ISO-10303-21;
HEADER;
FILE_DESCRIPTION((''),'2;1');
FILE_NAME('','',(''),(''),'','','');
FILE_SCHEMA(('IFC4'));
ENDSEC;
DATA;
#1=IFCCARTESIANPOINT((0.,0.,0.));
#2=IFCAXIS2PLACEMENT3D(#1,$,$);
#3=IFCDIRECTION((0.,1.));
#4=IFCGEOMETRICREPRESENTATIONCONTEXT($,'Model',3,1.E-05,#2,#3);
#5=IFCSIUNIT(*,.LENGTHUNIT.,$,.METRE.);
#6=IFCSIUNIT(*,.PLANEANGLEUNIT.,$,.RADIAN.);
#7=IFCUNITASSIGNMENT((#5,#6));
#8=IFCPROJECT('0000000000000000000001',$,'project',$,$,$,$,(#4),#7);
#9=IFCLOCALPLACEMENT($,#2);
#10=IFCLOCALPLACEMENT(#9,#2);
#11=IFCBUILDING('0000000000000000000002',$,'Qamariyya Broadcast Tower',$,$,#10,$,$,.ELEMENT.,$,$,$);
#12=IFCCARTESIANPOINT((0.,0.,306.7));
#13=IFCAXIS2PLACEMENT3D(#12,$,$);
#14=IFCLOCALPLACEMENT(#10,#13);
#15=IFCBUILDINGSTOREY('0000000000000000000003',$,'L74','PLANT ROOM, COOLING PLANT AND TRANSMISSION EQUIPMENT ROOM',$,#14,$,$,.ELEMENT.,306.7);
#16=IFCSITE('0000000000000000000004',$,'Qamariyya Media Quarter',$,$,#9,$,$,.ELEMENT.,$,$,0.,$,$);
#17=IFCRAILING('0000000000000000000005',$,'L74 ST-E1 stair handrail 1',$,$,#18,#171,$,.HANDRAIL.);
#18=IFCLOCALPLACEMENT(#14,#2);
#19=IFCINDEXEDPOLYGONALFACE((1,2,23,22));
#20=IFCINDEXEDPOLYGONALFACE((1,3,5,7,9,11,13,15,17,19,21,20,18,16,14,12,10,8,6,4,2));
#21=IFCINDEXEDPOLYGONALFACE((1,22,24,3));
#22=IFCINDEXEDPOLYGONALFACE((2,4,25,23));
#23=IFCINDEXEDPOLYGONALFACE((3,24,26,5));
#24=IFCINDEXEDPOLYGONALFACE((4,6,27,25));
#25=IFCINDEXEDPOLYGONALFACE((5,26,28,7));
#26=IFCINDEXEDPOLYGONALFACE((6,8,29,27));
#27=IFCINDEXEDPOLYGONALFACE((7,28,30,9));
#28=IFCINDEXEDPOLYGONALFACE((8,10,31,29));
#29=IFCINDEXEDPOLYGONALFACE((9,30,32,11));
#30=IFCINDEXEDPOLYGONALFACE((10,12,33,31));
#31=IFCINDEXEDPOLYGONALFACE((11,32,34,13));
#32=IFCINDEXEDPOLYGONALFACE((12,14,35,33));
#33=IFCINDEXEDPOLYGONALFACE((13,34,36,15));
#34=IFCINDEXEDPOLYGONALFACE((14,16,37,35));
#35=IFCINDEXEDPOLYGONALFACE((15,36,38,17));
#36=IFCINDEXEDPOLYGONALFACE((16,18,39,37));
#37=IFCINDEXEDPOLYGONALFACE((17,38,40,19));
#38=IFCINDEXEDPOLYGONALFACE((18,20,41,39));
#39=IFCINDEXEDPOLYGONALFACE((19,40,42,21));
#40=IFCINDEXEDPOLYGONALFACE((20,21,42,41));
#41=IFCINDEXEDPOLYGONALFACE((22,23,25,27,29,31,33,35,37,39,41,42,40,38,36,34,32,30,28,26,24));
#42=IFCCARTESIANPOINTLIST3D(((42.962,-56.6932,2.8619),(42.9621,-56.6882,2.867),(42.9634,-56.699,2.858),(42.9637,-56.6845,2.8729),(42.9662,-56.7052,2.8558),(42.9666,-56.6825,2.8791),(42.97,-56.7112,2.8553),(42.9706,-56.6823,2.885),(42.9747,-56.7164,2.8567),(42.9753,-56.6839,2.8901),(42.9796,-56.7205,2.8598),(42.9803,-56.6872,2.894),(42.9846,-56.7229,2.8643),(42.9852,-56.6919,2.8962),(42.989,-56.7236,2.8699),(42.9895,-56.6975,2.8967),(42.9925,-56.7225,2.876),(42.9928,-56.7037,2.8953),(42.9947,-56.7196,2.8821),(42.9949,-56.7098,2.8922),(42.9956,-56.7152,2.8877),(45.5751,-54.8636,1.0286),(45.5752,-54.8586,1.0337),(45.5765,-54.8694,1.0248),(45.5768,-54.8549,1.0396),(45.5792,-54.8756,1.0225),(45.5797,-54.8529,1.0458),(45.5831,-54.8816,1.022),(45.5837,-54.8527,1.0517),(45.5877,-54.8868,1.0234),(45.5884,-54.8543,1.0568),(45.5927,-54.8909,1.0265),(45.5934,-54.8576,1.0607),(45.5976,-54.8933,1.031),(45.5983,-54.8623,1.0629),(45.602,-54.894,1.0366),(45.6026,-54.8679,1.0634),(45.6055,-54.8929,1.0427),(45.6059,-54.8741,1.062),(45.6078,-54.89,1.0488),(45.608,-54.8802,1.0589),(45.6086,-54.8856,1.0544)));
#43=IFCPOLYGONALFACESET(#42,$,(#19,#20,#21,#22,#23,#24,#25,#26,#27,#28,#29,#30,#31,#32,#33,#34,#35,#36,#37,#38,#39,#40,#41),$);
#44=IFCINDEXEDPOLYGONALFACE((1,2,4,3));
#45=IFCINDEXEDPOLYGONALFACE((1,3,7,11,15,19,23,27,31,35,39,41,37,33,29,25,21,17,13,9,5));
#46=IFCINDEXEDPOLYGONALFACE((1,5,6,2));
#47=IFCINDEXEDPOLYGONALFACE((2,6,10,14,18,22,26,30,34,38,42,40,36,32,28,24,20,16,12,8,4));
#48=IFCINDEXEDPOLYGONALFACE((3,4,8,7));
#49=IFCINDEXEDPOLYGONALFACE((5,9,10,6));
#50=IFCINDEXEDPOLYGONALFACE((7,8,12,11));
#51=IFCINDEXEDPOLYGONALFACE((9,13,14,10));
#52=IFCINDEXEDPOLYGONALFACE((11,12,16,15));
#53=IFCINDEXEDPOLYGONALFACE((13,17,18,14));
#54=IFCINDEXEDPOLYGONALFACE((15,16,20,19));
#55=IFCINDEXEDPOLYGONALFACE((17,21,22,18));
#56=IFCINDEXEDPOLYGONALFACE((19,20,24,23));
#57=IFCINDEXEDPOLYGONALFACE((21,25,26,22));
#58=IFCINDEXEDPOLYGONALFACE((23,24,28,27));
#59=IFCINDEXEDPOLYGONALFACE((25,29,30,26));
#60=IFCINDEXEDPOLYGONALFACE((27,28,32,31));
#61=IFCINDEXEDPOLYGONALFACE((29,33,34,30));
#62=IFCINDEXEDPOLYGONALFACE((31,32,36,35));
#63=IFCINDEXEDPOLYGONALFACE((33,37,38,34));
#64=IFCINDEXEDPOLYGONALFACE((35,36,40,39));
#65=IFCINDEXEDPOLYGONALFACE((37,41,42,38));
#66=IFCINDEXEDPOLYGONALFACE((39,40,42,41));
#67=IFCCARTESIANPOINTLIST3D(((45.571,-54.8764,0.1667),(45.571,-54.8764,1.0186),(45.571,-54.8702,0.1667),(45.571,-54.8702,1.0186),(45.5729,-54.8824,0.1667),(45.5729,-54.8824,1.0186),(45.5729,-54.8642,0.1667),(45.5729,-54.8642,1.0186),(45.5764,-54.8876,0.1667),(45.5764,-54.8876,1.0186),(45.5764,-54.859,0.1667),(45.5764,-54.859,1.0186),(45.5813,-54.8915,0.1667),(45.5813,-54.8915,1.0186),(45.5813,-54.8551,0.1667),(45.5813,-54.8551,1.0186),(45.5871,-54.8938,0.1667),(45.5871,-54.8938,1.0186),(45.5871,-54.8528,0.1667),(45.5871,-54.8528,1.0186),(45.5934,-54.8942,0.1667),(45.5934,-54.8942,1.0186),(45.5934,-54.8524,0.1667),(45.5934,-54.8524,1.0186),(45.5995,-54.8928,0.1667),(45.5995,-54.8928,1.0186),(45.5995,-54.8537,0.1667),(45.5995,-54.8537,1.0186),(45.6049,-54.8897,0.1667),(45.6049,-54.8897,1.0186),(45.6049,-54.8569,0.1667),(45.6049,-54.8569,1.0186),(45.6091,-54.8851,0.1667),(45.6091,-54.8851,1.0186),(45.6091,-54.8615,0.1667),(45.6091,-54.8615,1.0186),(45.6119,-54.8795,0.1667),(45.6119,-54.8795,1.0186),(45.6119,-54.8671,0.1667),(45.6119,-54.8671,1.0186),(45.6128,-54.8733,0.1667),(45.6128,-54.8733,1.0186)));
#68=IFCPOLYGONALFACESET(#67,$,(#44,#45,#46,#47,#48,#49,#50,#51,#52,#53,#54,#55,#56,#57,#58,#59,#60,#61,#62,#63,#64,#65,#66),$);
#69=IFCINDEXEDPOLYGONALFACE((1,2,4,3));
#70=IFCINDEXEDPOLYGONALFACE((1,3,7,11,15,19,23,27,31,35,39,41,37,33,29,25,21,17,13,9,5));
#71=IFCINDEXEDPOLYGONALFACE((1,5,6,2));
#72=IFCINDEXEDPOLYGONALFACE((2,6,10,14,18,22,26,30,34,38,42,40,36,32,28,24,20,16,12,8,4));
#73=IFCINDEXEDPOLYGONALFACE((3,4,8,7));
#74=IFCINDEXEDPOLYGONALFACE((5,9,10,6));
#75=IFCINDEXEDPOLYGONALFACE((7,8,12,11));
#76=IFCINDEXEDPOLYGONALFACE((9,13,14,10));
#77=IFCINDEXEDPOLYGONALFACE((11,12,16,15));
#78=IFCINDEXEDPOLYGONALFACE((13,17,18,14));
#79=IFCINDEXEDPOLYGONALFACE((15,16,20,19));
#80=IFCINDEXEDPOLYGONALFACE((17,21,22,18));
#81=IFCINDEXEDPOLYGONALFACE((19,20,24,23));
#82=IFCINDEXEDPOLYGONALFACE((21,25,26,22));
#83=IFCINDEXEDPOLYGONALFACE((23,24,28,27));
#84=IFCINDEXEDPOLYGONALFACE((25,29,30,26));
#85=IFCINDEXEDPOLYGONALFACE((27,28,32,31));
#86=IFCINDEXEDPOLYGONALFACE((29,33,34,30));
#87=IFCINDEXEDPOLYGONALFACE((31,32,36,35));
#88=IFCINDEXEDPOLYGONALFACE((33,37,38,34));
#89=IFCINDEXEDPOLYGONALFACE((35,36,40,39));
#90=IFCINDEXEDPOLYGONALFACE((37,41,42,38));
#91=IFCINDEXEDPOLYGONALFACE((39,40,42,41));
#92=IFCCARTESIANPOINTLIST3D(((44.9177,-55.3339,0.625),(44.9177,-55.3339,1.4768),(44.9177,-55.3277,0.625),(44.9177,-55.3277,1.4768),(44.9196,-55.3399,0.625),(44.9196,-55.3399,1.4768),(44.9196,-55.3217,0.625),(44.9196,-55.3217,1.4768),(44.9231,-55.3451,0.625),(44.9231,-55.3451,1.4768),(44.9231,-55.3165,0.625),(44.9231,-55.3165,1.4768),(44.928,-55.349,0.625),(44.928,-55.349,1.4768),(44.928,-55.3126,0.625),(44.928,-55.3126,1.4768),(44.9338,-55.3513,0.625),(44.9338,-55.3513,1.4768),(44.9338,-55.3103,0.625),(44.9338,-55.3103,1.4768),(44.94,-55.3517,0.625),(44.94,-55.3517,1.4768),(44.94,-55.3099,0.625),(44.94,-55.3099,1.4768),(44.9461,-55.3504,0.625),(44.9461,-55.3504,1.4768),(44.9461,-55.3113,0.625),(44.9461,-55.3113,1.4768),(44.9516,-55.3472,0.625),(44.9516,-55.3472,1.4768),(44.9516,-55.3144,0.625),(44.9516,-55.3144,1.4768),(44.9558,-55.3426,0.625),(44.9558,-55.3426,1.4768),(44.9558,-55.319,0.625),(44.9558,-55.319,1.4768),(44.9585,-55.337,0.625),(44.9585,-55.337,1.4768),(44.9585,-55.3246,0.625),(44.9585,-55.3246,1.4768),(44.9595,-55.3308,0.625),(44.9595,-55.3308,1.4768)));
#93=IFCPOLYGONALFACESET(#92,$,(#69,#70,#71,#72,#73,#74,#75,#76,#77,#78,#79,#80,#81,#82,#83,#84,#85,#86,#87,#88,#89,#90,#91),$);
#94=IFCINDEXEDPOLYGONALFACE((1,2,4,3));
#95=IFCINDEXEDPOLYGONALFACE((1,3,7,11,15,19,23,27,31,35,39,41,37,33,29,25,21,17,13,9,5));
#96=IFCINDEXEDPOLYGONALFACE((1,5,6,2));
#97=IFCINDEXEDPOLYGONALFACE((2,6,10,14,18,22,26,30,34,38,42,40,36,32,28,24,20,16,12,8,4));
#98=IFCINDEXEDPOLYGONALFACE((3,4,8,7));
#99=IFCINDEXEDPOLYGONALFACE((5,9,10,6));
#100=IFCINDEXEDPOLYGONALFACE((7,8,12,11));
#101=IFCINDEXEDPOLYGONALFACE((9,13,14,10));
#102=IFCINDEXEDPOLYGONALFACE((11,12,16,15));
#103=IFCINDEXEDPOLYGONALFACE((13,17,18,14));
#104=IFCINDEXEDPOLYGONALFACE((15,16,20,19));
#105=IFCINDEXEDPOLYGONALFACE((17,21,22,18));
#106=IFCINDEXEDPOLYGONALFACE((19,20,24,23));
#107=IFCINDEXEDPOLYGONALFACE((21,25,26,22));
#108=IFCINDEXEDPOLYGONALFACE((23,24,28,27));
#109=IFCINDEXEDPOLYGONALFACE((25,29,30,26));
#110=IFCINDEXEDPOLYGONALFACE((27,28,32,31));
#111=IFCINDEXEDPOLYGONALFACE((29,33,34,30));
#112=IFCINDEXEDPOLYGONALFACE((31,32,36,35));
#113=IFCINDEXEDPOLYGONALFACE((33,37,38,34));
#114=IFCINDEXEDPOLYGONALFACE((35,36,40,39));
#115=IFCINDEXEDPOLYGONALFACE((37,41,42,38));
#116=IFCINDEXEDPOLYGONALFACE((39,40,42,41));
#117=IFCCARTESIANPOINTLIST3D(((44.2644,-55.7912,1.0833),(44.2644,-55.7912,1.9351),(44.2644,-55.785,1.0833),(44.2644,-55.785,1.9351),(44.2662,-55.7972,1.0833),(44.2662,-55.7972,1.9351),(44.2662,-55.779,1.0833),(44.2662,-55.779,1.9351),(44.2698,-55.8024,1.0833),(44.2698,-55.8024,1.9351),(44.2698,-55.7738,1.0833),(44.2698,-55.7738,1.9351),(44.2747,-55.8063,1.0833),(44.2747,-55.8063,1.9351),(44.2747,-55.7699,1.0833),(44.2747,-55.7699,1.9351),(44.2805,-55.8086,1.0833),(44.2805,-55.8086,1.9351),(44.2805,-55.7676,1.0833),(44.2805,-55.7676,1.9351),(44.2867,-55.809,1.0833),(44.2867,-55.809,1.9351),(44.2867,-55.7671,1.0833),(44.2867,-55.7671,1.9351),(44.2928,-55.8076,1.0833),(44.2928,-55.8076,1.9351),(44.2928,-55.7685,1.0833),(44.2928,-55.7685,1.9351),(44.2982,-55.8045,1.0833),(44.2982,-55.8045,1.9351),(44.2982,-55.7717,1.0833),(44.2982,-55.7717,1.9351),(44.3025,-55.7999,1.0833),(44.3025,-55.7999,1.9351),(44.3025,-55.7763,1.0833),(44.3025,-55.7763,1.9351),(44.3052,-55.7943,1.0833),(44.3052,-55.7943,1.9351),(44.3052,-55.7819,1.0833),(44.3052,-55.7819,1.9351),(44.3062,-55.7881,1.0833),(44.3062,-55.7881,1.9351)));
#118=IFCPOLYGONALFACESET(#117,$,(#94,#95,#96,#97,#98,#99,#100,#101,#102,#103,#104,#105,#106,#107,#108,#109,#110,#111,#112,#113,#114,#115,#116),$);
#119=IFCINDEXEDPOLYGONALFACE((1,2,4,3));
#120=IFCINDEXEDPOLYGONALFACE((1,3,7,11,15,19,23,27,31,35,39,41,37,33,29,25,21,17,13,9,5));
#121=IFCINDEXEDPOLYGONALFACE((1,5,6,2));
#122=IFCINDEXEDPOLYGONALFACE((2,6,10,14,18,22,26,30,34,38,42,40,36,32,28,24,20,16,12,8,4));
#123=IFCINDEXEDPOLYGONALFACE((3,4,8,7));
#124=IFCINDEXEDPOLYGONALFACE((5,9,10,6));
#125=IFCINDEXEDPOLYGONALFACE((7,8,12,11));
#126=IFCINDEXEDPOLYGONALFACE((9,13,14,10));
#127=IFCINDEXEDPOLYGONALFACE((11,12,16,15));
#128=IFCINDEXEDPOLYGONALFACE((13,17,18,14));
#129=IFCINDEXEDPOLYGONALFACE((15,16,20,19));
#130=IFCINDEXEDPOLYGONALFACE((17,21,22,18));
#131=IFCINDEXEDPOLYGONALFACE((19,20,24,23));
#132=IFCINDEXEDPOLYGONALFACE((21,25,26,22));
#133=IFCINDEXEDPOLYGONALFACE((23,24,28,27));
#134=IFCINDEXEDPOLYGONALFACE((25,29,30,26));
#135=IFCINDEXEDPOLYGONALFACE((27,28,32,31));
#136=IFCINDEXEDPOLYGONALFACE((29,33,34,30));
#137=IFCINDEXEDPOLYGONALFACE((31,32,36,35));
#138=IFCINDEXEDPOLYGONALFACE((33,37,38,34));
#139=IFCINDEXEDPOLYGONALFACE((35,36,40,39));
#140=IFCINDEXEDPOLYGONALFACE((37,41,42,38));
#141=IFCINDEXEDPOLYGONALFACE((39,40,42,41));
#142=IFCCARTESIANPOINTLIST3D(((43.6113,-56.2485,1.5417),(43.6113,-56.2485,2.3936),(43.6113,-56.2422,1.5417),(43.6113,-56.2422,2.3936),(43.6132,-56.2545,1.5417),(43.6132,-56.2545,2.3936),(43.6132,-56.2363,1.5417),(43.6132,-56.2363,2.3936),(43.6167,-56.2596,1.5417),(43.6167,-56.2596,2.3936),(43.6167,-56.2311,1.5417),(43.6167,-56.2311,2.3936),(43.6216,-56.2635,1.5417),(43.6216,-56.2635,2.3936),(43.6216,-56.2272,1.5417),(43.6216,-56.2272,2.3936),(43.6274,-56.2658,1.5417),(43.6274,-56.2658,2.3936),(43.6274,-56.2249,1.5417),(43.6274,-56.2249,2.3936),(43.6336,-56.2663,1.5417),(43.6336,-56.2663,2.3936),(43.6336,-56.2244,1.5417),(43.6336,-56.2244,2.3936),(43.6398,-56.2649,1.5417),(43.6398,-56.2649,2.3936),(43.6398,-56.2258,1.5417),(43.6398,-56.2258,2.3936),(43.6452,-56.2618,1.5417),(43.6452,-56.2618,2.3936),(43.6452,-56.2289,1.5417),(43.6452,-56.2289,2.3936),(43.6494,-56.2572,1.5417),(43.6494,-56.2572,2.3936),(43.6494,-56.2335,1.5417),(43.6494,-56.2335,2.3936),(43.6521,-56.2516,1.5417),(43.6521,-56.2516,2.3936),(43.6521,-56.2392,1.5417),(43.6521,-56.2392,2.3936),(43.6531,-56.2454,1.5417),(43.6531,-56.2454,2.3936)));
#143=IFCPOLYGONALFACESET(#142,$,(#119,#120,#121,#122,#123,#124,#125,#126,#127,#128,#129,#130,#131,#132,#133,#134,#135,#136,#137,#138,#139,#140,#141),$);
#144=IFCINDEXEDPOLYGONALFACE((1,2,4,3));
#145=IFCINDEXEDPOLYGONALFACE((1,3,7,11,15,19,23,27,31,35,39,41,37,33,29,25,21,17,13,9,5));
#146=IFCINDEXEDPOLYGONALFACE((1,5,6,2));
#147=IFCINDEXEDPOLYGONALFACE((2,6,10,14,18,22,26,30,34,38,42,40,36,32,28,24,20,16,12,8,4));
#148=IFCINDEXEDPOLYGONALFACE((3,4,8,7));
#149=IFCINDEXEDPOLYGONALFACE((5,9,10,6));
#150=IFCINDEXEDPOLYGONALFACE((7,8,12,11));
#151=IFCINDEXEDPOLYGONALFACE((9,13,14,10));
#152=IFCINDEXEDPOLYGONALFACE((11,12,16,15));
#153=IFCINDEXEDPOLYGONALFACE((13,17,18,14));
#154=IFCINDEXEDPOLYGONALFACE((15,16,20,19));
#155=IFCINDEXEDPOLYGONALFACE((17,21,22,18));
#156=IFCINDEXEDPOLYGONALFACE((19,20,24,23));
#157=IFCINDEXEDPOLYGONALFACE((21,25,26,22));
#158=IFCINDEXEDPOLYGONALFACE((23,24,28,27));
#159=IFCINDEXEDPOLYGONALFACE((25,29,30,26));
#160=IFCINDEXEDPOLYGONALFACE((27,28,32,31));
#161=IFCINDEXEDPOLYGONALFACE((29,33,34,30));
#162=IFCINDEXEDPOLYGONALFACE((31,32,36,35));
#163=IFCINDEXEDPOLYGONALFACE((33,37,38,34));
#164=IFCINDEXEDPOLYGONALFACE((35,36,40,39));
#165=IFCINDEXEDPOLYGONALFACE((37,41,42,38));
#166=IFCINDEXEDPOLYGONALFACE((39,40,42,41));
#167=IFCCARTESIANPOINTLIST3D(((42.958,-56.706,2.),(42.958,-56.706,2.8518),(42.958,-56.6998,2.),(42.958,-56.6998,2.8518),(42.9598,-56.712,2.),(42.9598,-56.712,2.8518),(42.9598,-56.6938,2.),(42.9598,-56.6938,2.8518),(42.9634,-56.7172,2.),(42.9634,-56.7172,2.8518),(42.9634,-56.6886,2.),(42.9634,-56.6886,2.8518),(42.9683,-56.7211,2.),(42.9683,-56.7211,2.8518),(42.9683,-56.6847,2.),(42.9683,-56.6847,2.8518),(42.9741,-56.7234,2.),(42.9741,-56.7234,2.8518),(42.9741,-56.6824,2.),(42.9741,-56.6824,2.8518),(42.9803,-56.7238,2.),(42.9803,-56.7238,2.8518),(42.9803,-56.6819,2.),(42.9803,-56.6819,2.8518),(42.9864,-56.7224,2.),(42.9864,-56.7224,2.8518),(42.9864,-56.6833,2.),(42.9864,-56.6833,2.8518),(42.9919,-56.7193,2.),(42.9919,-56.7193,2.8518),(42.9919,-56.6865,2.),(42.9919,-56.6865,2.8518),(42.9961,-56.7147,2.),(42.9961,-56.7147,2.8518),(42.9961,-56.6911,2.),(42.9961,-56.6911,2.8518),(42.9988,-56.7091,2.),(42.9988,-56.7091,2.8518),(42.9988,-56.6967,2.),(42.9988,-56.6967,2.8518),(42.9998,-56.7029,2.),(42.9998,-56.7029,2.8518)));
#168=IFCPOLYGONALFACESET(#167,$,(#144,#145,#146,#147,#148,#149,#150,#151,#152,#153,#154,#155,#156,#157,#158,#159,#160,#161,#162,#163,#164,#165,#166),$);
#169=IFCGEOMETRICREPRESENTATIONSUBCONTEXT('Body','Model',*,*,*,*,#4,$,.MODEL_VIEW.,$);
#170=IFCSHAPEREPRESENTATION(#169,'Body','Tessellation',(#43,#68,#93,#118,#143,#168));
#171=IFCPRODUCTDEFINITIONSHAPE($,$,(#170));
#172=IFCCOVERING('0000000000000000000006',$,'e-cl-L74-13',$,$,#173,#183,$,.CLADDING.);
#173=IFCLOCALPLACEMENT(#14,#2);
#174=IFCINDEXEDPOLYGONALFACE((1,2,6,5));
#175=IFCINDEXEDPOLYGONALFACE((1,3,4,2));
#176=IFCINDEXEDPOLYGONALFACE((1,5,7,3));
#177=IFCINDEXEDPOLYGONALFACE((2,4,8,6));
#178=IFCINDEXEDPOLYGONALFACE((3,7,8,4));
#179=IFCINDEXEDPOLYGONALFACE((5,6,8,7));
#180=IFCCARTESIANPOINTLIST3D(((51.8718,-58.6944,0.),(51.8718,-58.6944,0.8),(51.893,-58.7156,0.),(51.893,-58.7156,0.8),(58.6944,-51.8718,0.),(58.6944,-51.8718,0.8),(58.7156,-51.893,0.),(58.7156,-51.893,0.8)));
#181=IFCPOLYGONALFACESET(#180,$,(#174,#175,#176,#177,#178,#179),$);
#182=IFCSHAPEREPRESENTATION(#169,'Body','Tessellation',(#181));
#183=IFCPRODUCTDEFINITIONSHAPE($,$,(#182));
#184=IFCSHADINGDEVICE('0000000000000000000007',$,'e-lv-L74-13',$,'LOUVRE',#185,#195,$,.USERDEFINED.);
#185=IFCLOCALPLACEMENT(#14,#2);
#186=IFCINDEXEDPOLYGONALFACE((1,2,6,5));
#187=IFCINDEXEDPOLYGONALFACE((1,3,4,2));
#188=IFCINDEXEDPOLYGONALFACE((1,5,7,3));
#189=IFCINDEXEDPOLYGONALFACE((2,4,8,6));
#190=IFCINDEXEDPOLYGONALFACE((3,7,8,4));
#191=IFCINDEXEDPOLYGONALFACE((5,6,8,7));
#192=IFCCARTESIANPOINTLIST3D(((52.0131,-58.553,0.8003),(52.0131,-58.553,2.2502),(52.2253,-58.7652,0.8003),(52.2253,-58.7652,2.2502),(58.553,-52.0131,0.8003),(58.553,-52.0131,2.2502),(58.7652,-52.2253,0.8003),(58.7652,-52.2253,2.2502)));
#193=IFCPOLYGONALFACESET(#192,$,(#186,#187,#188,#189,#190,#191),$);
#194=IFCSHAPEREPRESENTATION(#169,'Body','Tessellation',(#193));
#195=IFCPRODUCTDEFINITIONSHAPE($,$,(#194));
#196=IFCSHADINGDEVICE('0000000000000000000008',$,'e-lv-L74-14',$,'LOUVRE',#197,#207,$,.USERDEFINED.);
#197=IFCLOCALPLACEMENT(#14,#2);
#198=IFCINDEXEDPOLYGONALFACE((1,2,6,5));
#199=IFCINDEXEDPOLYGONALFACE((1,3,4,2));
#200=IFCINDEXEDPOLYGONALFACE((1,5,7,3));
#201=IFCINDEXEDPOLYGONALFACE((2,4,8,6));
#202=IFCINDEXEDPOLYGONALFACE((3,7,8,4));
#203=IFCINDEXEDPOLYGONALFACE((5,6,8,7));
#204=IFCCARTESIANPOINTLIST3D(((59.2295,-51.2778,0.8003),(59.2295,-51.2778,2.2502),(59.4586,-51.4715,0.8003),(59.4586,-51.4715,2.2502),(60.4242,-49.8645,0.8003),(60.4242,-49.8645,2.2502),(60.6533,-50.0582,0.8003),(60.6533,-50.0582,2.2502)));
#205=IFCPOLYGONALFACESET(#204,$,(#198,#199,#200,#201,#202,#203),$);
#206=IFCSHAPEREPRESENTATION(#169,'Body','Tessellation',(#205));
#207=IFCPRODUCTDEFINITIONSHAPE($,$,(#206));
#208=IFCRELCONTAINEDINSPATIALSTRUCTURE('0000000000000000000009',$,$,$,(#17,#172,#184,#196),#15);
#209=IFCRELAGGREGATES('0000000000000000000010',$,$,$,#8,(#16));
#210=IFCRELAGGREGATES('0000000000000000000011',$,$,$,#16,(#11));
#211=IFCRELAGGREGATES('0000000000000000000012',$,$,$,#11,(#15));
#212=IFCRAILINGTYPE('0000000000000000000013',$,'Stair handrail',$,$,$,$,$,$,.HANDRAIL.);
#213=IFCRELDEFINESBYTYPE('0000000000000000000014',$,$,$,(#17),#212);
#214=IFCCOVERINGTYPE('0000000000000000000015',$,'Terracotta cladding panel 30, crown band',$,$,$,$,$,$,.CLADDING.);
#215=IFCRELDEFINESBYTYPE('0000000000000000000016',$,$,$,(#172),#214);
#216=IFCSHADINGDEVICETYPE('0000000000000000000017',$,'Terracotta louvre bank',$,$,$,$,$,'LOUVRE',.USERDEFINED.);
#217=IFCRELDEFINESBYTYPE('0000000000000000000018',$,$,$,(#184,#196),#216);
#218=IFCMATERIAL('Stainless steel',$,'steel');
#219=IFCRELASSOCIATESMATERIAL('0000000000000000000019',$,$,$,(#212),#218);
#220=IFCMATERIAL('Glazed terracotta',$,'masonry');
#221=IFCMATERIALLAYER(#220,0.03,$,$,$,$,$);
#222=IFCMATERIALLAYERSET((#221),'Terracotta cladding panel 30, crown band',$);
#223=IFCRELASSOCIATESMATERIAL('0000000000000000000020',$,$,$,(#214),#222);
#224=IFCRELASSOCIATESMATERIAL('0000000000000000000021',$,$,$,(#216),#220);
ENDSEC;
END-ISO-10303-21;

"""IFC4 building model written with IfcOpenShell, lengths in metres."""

from ifc_helpers import new_model, si_unit, direction, frame, origin, origin_2d, place, context, subcontext, project, spatial, rectangle, circle, extrude, material, layer, layer_set, type_object, element, save


model = new_model("IFC4")

# Units and contexts
model_context = context("Model", 3, precision=1e-05, world=origin(), true_north=direction((0.0, 1.0)))
body_context = subcontext(model_context, "Body", "Model", "MODEL_VIEW")
ifc_project = project(units=[si_unit("LENGTHUNIT", "METRE"), si_unit("PLANEANGLEUNIT", "RADIAN")], contexts=[model_context])

# Site, building, storey
site_placement = place(None, origin())
site = spatial("IfcSite", under=ifc_project, at=site_placement, Name="Qamariyya Media Quarter", CompositionType="ELEMENT", RefElevation=0.0)
building_placement = place(site_placement, origin())
building = spatial("IfcBuilding", under=site, at=building_placement, Name="Qamariyya Broadcast Tower", CompositionType="ELEMENT")
storey_placement = place(building_placement, frame((0.0, 0.0, 306.7)))
storey = spatial("IfcBuildingStorey", under=building, at=storey_placement, Name="L74", Description="PLANT ROOM, COOLING PLANT AND TRANSMISSION EQUIPMENT ROOM", CompositionType="ELEMENT", Elevation=306.7)

# Railing
ifc_material_1 = material(Name="Stainless steel", Category="steel")
railing_type_1 = type_object("IfcRailingType", Name="Stair handrail", PredefinedType="HANDRAIL", material=ifc_material_1)
railing_1_placement = place(storey_placement, frame((45.5918, -54.8733, 0.1667)))
element("IfcRailing", 1, at=railing_1_placement, inside=storey, type_object=railing_type_1, Name="L74 ST-E1 stair handrail 1", PredefinedType="HANDRAIL", context=body_context, shape_type="SweptSolid", body=[
    extrude(circle(Radius=0.0239, at=origin_2d()), frame((0.0, 0.0, 0.876), z_axis=(-0.710228, -0.497285, 0.498281), x_axis=(0.57356, -0.819164, 0.0)), (0.0, 0.0, 1.0), 3.6792),
    extrude(circle(Radius=0.021, at=origin_2d()), origin(), (0.0, 0.0, 1.0), 0.8518),
    extrude(circle(Radius=0.021, at=origin_2d()), frame((-0.6533, -0.4575, 0.4583)), (0.0, 0.0, 1.0), 0.8518),
    extrude(circle(Radius=0.021, at=origin_2d()), frame((-1.3066, -0.9148, 0.9165)), (0.0, 0.0, 1.0), 0.8518),
    extrude(circle(Radius=0.021, at=origin_2d()), frame((-1.9597, -1.3721, 1.375)), (0.0, 0.0, 1.0), 0.8518),
    extrude(circle(Radius=0.021, at=origin_2d()), frame((-2.613, -1.8296, 1.8333)), (0.0, 0.0, 1.0), 0.8518),
])

# Covering
ifc_material_2 = material(Name="Glazed terracotta", Category="masonry")
ifc_layer_1 = layer(ifc_material_2, 0.03)
ifc_layer_set_1 = layer_set([ifc_layer_1], Name="Terracotta cladding panel 30, crown band")
covering_type = type_object("IfcCoveringType", Name="Terracotta cladding panel 30, crown band", PredefinedType="CLADDING", material=ifc_layer_set_1)
covering_placement = place(storey_placement, frame((55.2937, -55.2937, 0.0), z_axis=(0.0, 0.0, 1.0), x_axis=(0.707107, 0.707107, 0.0)))
element("IfcCovering", 2, at=covering_placement, inside=storey, type_object=covering_type, Name="e-cl-L74-13", PredefinedType="CLADDING", context=body_context, shape_type="SweptSolid", body=[
    extrude(rectangle(XDim=9.6487, YDim=0.03, at=origin_2d()), origin(), (0.0, 0.0, 1.0), 0.8),
])

# Shading devices
shading_device_type = type_object("IfcShadingDeviceType", Name="Terracotta louvre bank", ElementType="LOUVRE", PredefinedType="USERDEFINED", material=ifc_material_2)
shading_device_1_placement = place(storey_placement, frame((55.3892, -55.3892, 0.8003), z_axis=(0.0, 0.0, 1.0), x_axis=(0.707107, 0.707107, 0.0)))
element("IfcShadingDevice", 3, at=shading_device_1_placement, inside=storey, type_object=shading_device_type, Name="e-lv-L74-13", ObjectType="LOUVRE", PredefinedType="USERDEFINED", context=body_context, shape_type="SweptSolid", body=[
    extrude(rectangle(XDim=9.2488, YDim=0.3, at=origin_2d()), origin(), (0.0, 0.0, 1.0), 1.45),
])
shading_device_2_placement = place(storey_placement, frame((59.9414, -50.668, 0.8003), z_axis=(0.0, 0.0, 1.0), x_axis=(0.64556, 0.76371, 0.0)))
element("IfcShadingDevice", 4, at=shading_device_2_placement, inside=storey, type_object=shading_device_type, Name="e-lv-L74-14", ObjectType="LOUVRE", PredefinedType="USERDEFINED", context=body_context, shape_type="SweptSolid", body=[
    extrude(rectangle(XDim=1.8506, YDim=0.3, at=origin_2d()), origin(), (0.0, 0.0, 1.0), 1.45),
])

save(model, "model.ifc")
